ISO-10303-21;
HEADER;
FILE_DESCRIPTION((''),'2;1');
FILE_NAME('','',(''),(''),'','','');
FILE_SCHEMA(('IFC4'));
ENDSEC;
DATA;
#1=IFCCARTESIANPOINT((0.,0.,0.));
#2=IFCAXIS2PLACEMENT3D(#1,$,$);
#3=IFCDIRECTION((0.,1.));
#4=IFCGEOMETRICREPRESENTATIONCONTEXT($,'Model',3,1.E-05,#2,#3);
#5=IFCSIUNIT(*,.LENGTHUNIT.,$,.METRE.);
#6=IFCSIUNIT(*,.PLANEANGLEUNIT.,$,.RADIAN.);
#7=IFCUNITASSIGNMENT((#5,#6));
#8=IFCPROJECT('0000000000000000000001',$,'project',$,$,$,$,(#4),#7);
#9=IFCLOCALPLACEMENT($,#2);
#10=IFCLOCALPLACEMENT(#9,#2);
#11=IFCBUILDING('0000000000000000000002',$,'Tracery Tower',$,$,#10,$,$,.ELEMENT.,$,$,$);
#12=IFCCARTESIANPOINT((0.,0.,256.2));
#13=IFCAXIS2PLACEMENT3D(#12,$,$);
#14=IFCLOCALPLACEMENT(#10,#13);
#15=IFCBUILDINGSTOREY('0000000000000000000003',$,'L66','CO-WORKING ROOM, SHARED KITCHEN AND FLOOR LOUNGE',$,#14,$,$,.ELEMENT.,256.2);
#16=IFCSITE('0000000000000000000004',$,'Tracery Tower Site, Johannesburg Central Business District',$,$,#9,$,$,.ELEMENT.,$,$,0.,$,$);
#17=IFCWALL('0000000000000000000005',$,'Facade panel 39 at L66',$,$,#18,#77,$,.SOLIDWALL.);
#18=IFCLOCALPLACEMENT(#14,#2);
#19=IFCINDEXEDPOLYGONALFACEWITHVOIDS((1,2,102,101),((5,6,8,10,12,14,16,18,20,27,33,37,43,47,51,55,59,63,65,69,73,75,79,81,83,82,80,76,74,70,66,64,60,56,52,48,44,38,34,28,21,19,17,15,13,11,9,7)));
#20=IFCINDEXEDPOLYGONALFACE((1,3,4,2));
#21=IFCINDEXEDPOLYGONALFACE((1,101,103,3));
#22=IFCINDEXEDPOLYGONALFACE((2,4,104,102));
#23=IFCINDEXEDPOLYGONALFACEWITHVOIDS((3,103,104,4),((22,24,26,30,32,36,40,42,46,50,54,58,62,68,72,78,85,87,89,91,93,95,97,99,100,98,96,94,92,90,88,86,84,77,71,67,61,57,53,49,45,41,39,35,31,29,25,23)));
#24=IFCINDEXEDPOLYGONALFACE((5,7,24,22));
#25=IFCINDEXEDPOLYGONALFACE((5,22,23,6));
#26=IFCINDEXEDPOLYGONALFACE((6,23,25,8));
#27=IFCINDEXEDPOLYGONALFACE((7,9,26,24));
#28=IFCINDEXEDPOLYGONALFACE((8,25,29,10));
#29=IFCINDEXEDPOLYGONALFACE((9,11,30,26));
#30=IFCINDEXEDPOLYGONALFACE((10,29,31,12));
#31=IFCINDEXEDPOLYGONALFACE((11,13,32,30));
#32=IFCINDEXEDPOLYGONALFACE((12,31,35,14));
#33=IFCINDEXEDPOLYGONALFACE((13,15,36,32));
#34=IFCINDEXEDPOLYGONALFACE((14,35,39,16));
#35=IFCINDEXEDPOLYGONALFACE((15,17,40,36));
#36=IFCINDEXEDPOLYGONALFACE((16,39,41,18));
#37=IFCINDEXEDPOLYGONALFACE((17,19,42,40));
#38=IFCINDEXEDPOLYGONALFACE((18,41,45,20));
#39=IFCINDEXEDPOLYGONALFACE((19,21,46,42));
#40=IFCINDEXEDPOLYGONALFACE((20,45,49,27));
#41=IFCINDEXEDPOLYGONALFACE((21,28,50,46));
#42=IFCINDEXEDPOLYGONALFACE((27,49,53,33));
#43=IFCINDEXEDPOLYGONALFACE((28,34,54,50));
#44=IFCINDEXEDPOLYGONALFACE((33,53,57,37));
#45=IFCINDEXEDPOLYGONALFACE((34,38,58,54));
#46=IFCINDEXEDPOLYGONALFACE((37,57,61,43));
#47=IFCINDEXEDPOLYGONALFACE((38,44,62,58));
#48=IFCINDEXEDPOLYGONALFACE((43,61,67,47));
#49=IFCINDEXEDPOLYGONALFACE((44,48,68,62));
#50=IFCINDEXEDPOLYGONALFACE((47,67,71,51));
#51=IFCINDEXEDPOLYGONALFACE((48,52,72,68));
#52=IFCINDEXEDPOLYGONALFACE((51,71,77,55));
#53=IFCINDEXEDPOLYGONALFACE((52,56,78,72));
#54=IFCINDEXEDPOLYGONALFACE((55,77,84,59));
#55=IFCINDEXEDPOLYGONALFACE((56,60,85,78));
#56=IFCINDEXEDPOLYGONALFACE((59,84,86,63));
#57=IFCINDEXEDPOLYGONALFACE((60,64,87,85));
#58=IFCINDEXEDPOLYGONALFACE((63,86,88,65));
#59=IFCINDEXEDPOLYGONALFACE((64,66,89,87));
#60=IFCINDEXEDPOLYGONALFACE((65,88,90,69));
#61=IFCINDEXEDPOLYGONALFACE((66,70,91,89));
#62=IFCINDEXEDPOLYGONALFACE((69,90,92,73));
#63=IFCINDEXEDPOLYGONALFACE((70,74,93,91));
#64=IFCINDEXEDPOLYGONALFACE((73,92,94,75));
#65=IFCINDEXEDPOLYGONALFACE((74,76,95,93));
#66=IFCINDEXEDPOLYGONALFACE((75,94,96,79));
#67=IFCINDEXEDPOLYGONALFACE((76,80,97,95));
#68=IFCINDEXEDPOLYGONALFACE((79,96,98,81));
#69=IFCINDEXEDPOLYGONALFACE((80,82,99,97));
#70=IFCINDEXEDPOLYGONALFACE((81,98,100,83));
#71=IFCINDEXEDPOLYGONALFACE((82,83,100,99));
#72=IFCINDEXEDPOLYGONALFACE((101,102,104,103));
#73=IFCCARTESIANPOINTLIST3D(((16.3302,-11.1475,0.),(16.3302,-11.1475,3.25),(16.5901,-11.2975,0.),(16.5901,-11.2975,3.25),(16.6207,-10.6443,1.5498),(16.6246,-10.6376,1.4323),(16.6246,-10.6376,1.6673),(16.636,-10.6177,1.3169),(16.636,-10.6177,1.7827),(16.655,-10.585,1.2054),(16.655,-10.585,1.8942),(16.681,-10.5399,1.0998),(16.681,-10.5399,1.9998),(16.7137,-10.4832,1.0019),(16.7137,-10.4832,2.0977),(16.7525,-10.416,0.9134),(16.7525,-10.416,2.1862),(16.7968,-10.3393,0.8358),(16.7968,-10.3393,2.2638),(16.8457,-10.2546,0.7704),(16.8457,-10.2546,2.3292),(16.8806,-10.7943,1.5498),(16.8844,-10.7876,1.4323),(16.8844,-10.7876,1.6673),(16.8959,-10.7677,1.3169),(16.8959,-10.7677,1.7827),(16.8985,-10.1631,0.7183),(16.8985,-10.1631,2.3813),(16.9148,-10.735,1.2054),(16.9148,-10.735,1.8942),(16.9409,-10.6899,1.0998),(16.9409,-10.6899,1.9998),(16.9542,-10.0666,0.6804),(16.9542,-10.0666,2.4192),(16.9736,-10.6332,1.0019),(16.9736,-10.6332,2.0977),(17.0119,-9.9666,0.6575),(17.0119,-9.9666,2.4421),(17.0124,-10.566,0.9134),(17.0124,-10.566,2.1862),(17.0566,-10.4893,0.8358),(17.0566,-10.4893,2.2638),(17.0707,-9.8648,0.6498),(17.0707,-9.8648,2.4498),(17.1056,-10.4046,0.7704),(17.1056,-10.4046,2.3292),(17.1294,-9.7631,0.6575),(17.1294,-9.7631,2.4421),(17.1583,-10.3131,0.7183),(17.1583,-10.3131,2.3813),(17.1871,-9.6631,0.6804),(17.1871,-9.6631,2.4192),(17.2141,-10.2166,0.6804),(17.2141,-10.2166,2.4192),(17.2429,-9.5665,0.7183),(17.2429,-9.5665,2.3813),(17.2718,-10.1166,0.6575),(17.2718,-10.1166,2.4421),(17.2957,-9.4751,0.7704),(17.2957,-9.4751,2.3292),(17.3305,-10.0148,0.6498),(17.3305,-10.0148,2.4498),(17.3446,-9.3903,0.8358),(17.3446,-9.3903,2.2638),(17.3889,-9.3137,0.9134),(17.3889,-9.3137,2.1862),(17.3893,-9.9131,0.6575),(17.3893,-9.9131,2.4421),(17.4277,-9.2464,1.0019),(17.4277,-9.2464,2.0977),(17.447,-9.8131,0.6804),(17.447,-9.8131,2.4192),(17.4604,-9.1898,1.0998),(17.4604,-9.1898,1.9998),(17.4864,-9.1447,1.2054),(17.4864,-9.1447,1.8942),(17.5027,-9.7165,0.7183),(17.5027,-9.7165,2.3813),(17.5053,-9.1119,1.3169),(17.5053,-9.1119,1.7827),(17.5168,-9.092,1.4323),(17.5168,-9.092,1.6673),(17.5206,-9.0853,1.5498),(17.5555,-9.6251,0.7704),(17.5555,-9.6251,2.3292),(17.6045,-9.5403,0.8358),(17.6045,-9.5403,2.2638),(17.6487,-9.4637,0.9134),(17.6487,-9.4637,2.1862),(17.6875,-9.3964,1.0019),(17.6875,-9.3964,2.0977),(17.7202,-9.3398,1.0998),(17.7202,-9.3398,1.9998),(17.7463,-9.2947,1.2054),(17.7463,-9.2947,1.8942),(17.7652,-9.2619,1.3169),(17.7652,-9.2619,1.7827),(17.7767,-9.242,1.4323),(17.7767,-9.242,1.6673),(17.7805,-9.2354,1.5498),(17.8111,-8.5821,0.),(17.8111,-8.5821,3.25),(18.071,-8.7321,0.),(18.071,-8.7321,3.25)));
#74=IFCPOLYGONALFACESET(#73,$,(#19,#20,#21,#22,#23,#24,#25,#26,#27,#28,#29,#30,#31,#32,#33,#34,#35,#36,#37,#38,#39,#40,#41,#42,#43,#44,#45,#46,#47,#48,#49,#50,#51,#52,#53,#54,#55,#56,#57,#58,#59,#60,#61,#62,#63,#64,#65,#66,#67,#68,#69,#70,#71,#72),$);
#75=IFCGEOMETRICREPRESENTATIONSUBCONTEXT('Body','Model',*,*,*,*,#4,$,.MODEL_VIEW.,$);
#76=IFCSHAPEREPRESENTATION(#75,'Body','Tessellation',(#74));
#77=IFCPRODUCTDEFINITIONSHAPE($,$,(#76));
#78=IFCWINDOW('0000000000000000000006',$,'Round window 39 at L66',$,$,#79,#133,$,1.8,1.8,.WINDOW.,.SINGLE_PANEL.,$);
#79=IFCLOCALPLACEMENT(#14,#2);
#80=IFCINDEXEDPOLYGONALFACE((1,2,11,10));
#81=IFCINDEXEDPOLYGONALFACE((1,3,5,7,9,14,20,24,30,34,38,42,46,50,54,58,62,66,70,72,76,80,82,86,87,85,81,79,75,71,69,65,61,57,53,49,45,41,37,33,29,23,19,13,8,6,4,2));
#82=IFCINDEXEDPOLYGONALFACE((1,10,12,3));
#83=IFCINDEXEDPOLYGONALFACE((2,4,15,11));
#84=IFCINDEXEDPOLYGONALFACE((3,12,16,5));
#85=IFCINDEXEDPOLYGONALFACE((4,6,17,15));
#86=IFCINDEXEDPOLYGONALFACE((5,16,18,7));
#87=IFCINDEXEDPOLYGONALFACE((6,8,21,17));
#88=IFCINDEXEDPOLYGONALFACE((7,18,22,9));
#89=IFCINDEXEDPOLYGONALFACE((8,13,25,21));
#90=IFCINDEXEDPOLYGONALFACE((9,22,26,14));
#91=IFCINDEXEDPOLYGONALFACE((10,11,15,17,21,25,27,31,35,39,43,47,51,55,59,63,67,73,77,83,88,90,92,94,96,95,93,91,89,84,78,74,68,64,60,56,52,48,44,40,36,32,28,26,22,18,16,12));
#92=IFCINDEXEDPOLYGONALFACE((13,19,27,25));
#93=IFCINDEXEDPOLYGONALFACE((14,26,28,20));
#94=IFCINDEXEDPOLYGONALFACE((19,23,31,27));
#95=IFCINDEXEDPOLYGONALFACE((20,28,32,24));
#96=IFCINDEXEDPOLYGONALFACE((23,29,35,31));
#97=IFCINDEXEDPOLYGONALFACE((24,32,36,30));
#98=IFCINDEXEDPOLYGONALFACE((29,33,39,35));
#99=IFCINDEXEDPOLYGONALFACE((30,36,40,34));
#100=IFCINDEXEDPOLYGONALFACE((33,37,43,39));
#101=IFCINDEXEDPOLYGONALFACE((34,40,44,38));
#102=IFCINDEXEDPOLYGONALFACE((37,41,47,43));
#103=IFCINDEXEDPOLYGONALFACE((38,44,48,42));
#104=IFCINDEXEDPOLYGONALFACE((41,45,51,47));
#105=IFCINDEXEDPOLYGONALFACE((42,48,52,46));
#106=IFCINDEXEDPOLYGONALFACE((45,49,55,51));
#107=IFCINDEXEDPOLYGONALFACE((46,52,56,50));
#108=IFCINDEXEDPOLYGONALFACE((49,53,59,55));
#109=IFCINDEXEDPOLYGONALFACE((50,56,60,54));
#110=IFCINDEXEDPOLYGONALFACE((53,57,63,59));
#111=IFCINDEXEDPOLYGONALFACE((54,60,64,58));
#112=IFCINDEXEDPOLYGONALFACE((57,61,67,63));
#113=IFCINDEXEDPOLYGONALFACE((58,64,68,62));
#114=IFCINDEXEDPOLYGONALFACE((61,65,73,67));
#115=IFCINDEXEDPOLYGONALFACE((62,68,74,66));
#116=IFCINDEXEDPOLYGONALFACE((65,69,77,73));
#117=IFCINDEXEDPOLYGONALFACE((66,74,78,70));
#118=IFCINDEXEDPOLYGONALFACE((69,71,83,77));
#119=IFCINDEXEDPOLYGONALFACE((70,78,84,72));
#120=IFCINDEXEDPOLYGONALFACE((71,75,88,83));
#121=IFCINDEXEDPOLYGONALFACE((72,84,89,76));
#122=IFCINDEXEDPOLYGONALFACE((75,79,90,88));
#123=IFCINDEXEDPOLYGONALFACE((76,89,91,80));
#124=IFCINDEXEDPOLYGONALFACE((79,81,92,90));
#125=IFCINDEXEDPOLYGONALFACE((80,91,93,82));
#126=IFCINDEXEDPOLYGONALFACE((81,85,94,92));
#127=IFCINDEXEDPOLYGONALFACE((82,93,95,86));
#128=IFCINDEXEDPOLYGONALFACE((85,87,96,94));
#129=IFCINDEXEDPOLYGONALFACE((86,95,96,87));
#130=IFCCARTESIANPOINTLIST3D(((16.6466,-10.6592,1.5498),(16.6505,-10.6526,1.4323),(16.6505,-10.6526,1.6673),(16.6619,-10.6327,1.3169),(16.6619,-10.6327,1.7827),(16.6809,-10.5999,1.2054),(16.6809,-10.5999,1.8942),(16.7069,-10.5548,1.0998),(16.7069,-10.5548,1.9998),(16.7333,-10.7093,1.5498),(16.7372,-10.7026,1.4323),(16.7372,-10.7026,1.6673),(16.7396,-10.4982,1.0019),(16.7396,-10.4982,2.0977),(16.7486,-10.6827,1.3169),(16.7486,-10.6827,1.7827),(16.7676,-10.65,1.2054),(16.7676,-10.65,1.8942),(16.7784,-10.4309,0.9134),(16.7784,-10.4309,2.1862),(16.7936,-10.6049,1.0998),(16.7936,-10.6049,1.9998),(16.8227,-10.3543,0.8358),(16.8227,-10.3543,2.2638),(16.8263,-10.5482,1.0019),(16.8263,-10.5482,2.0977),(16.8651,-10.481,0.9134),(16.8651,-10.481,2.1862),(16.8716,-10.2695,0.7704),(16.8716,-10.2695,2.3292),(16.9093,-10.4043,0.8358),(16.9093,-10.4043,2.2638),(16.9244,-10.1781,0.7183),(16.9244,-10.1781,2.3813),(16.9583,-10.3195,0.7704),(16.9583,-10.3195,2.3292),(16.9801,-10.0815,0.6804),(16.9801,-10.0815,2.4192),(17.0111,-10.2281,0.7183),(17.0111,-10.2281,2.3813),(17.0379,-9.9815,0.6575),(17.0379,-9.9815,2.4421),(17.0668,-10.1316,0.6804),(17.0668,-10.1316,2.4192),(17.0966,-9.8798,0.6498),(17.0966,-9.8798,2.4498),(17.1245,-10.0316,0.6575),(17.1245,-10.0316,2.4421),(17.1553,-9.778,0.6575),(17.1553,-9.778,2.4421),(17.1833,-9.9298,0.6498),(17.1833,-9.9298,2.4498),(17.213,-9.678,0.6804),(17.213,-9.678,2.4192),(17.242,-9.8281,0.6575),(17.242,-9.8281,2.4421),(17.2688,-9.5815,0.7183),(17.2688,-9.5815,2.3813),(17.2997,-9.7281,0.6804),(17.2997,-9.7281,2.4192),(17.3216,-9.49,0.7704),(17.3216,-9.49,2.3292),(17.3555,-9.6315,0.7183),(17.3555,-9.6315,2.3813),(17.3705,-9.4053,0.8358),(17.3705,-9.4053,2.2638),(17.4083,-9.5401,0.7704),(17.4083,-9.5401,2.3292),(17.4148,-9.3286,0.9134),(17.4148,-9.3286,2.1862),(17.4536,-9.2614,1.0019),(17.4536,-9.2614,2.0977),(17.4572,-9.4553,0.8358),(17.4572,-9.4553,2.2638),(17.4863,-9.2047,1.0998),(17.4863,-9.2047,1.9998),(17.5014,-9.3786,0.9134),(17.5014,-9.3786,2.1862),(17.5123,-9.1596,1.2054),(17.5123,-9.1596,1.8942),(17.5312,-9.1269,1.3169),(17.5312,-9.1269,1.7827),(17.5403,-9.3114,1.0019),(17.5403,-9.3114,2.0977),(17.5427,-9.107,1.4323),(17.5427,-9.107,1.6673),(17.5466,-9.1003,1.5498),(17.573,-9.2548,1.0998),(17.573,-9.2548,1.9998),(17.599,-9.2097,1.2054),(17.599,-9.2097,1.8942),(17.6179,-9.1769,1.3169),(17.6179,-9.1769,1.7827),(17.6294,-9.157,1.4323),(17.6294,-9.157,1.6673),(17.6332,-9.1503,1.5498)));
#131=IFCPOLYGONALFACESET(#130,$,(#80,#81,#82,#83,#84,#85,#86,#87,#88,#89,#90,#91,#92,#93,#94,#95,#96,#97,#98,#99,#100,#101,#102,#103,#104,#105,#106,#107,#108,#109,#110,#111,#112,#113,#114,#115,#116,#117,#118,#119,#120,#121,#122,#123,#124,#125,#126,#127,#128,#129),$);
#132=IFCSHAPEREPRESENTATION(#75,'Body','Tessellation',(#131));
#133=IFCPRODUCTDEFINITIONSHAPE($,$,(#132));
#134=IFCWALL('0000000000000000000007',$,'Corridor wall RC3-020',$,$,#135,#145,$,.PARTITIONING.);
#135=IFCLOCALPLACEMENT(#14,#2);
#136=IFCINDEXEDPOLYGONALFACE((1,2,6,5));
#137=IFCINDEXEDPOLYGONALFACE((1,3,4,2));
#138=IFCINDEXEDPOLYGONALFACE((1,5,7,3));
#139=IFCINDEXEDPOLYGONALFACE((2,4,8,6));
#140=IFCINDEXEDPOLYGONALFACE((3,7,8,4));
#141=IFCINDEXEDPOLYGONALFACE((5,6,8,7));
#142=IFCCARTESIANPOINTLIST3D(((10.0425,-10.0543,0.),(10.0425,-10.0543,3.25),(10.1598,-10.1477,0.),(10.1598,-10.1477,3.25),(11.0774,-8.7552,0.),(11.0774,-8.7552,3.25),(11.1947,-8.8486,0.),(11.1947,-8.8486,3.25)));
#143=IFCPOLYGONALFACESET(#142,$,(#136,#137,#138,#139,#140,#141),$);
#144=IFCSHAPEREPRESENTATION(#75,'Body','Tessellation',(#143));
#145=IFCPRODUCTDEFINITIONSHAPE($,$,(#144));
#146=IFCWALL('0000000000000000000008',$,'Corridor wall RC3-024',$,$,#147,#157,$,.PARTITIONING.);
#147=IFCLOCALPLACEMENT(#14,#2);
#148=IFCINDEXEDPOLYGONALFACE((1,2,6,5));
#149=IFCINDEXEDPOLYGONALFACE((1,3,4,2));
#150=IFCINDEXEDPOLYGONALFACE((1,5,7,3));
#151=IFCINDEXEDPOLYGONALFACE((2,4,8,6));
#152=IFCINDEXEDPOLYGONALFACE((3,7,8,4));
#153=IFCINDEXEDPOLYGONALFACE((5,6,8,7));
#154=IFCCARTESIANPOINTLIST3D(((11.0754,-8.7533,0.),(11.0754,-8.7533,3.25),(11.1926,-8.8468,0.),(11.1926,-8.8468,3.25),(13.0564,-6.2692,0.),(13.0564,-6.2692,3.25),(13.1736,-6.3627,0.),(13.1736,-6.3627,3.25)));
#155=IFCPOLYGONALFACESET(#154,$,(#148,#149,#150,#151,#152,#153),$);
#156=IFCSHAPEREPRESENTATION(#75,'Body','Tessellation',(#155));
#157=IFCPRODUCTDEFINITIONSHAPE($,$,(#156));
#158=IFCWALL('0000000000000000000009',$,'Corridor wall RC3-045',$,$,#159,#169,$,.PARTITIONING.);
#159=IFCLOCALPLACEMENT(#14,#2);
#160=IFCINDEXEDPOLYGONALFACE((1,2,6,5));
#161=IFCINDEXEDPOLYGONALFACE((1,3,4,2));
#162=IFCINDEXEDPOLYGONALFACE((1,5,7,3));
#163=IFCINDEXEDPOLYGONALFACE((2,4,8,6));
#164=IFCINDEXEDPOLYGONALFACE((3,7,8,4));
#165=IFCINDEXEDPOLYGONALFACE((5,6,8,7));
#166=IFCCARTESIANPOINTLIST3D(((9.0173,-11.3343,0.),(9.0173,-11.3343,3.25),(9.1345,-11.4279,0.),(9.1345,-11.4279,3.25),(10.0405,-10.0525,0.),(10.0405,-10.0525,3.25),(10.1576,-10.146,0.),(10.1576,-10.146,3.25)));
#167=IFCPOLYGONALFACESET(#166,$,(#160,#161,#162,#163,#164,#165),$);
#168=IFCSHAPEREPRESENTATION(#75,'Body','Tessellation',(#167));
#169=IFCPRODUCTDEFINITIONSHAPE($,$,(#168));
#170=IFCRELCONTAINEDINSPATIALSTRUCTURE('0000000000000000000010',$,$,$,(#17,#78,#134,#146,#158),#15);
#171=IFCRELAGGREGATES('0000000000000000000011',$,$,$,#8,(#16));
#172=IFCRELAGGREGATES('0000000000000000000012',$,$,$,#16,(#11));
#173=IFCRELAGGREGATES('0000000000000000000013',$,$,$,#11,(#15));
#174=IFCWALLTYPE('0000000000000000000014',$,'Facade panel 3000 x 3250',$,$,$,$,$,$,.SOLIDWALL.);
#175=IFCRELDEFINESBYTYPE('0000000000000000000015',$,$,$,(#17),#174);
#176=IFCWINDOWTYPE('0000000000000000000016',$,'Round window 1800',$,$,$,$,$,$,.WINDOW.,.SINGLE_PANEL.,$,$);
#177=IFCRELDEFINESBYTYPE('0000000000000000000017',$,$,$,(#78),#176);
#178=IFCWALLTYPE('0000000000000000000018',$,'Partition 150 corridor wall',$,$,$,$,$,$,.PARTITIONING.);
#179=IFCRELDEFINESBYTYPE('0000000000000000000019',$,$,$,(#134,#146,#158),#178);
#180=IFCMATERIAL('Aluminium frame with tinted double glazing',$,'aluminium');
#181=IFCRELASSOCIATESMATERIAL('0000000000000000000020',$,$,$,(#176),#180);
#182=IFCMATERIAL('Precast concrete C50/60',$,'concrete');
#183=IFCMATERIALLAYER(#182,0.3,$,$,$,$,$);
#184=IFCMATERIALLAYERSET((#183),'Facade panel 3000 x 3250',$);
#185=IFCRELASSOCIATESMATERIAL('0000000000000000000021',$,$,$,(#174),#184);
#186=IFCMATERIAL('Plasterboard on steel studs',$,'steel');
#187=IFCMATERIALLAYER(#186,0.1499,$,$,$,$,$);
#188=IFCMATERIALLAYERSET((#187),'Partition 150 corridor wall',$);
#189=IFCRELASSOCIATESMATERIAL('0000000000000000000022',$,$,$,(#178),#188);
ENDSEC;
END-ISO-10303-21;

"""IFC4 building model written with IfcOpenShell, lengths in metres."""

from ifc_helpers import new_model, si_unit, direction, frame, frame_2d, origin, origin_2d, place, context, subcontext, project, spatial, rectangle, circle, extrude, material, layer, layer_set, type_object, element, fill, save


model = new_model("IFC4")

# Units and contexts
model_context = context("Model", 3, precision=1e-05, world=origin(), true_north=direction((0.0, 1.0)))
body_context = subcontext(model_context, "Body", "Model", "MODEL_VIEW")
ifc_project = project(units=[si_unit("LENGTHUNIT", "METRE"), si_unit("PLANEANGLEUNIT", "RADIAN")], contexts=[model_context])

# Site, building, storey
site_placement = place(None, origin())
site = spatial("IfcSite", under=ifc_project, at=site_placement, Name="Tracery Tower Site, Johannesburg Central Business District", CompositionType="ELEMENT", RefElevation=0.0)
building_placement = place(site_placement, origin())
building = spatial("IfcBuilding", under=site, at=building_placement, Name="Tracery Tower", CompositionType="ELEMENT")
storey_placement = place(building_placement, frame((0.0, 0.0, 256.2)))
storey = spatial("IfcBuildingStorey", under=building, at=storey_placement, Name="L66", Description="CO-WORKING ROOM, SHARED KITCHEN AND FLOOR LOUNGE", CompositionType="ELEMENT", Elevation=256.2)

# Wall, opening, window
ifc_material_1 = material(Name="Aluminium frame with tinted double glazing", Category="aluminium")
window_type = type_object("IfcWindowType", Name="Round window 1800", PartitioningType="SINGLE_PANEL", PredefinedType="WINDOW", material=ifc_material_1)
ifc_material_2 = material(Name="Precast concrete C50/60", Category="concrete")
ifc_layer_1 = layer(ifc_material_2, 0.3)
ifc_layer_set_1 = layer_set([ifc_layer_1], Name="Facade panel 3000 x 3250")
wall_type_1 = type_object("IfcWallType", Name="Facade panel 3000 x 3250", PredefinedType="SOLIDWALL", material=ifc_layer_set_1)
wall_1_placement = place(storey_placement, frame((16.4602, -11.2224, 0.0), z_axis=(0.0, 0.0, 1.0), x_axis=(0.499951, 0.866054, 0.0)))
wall_1 = element("IfcWall", 1, at=wall_1_placement, inside=storey, type_object=wall_type_1, Name="Facade panel 39 at L66", PredefinedType="SOLIDWALL", context=body_context, shape_type="SweptSolid", body=[
    extrude(rectangle(XDim=2.9622, YDim=0.3, at=frame_2d((1.481, 0.0))), origin(), (0.0, 0.0, 1.0), 3.25),
])
opening_1_placement = place(wall_1_placement, frame((1.481, 0.0, 1.5498)))
opening_1 = element("IfcOpeningElement", 2, at=opening_1_placement, cuts=wall_1, PredefinedType="OPENING", context=body_context, shape_type="SweptSolid", body=[
    extrude(circle(Radius=0.9, at=origin_2d()), frame((0.0, 0.1599, 0.0), z_axis=(0.0, -1.0, 0.0), x_axis=(1.0, 0.0, 0.0)), (0.0, 0.0, 1.0), 0.3201),
])
window_1_placement = place(opening_1_placement, origin())
window_1 = element("IfcWindow", 3, at=window_1_placement, inside=storey, type_object=window_type, Name="Round window 39 at L66", OverallHeight=1.8, OverallWidth=1.8, PartitioningType="SINGLE_PANEL", PredefinedType="WINDOW", context=body_context, shape_type="SweptSolid", body=[
    extrude(circle(Radius=0.9, at=origin_2d()), frame((0.0, 0.1201, 0.0), z_axis=(0.0, -1.0, 0.0), x_axis=(1.0, 0.0, 0.0)), (0.0, 0.0, 1.0), 0.1001),
])
fill(opening_1, window_1)

# Walls
ifc_material_3 = material(Name="Plasterboard on steel studs", Category="steel")
ifc_layer_2 = layer(ifc_material_3, 0.1499)
ifc_layer_set_2 = layer_set([ifc_layer_2], Name="Partition 150 corridor wall")
wall_type_2 = type_object("IfcWallType", Name="Partition 150 corridor wall", PredefinedType="PARTITIONING", material=ifc_layer_set_2)
wall_2_placement = place(storey_placement, frame((10.1011, -10.1011, 0.0), z_axis=(0.0, 0.0, 1.0), x_axis=(0.623098, 0.782143, 0.0)))
element("IfcWall", 4, at=wall_2_placement, inside=storey, type_object=wall_type_2, Name="Corridor wall RC3-020", PredefinedType="PARTITIONING", context=body_context, shape_type="SweptSolid", body=[
    extrude(rectangle(XDim=1.6609, YDim=0.1499, at=frame_2d((0.8306, 0.0))), origin(), (0.0, 0.0, 1.0), 3.25),
])
wall_3_placement = place(storey_placement, frame((11.134, -8.8, 0.0), z_axis=(0.0, 0.0, 1.0), x_axis=(0.623476, 0.781842, 0.0)))
element("IfcWall", 5, at=wall_3_placement, inside=storey, type_object=wall_type_2, Name="Corridor wall RC3-024", PredefinedType="PARTITIONING", context=body_context, shape_type="SweptSolid", body=[
    extrude(rectangle(XDim=3.1772, YDim=0.1499, at=frame_2d((1.5886, 0.0))), origin(), (0.0, 0.0, 1.0), 3.25),
])
wall_4_placement = place(storey_placement, frame((9.0759, -11.3811, 0.0), z_axis=(0.0, 0.0, 1.0), x_axis=(0.623805, 0.78158, 0.0)))
element("IfcWall", 6, at=wall_4_placement, inside=storey, type_object=wall_type_2, Name="Corridor wall RC3-045", PredefinedType="PARTITIONING", context=body_context, shape_type="SweptSolid", body=[
    extrude(rectangle(XDim=1.6401, YDim=0.1499, at=frame_2d((0.8201, 0.0))), origin(), (0.0, 0.0, 1.0), 3.25),
])

save(model, "model.ifc")
